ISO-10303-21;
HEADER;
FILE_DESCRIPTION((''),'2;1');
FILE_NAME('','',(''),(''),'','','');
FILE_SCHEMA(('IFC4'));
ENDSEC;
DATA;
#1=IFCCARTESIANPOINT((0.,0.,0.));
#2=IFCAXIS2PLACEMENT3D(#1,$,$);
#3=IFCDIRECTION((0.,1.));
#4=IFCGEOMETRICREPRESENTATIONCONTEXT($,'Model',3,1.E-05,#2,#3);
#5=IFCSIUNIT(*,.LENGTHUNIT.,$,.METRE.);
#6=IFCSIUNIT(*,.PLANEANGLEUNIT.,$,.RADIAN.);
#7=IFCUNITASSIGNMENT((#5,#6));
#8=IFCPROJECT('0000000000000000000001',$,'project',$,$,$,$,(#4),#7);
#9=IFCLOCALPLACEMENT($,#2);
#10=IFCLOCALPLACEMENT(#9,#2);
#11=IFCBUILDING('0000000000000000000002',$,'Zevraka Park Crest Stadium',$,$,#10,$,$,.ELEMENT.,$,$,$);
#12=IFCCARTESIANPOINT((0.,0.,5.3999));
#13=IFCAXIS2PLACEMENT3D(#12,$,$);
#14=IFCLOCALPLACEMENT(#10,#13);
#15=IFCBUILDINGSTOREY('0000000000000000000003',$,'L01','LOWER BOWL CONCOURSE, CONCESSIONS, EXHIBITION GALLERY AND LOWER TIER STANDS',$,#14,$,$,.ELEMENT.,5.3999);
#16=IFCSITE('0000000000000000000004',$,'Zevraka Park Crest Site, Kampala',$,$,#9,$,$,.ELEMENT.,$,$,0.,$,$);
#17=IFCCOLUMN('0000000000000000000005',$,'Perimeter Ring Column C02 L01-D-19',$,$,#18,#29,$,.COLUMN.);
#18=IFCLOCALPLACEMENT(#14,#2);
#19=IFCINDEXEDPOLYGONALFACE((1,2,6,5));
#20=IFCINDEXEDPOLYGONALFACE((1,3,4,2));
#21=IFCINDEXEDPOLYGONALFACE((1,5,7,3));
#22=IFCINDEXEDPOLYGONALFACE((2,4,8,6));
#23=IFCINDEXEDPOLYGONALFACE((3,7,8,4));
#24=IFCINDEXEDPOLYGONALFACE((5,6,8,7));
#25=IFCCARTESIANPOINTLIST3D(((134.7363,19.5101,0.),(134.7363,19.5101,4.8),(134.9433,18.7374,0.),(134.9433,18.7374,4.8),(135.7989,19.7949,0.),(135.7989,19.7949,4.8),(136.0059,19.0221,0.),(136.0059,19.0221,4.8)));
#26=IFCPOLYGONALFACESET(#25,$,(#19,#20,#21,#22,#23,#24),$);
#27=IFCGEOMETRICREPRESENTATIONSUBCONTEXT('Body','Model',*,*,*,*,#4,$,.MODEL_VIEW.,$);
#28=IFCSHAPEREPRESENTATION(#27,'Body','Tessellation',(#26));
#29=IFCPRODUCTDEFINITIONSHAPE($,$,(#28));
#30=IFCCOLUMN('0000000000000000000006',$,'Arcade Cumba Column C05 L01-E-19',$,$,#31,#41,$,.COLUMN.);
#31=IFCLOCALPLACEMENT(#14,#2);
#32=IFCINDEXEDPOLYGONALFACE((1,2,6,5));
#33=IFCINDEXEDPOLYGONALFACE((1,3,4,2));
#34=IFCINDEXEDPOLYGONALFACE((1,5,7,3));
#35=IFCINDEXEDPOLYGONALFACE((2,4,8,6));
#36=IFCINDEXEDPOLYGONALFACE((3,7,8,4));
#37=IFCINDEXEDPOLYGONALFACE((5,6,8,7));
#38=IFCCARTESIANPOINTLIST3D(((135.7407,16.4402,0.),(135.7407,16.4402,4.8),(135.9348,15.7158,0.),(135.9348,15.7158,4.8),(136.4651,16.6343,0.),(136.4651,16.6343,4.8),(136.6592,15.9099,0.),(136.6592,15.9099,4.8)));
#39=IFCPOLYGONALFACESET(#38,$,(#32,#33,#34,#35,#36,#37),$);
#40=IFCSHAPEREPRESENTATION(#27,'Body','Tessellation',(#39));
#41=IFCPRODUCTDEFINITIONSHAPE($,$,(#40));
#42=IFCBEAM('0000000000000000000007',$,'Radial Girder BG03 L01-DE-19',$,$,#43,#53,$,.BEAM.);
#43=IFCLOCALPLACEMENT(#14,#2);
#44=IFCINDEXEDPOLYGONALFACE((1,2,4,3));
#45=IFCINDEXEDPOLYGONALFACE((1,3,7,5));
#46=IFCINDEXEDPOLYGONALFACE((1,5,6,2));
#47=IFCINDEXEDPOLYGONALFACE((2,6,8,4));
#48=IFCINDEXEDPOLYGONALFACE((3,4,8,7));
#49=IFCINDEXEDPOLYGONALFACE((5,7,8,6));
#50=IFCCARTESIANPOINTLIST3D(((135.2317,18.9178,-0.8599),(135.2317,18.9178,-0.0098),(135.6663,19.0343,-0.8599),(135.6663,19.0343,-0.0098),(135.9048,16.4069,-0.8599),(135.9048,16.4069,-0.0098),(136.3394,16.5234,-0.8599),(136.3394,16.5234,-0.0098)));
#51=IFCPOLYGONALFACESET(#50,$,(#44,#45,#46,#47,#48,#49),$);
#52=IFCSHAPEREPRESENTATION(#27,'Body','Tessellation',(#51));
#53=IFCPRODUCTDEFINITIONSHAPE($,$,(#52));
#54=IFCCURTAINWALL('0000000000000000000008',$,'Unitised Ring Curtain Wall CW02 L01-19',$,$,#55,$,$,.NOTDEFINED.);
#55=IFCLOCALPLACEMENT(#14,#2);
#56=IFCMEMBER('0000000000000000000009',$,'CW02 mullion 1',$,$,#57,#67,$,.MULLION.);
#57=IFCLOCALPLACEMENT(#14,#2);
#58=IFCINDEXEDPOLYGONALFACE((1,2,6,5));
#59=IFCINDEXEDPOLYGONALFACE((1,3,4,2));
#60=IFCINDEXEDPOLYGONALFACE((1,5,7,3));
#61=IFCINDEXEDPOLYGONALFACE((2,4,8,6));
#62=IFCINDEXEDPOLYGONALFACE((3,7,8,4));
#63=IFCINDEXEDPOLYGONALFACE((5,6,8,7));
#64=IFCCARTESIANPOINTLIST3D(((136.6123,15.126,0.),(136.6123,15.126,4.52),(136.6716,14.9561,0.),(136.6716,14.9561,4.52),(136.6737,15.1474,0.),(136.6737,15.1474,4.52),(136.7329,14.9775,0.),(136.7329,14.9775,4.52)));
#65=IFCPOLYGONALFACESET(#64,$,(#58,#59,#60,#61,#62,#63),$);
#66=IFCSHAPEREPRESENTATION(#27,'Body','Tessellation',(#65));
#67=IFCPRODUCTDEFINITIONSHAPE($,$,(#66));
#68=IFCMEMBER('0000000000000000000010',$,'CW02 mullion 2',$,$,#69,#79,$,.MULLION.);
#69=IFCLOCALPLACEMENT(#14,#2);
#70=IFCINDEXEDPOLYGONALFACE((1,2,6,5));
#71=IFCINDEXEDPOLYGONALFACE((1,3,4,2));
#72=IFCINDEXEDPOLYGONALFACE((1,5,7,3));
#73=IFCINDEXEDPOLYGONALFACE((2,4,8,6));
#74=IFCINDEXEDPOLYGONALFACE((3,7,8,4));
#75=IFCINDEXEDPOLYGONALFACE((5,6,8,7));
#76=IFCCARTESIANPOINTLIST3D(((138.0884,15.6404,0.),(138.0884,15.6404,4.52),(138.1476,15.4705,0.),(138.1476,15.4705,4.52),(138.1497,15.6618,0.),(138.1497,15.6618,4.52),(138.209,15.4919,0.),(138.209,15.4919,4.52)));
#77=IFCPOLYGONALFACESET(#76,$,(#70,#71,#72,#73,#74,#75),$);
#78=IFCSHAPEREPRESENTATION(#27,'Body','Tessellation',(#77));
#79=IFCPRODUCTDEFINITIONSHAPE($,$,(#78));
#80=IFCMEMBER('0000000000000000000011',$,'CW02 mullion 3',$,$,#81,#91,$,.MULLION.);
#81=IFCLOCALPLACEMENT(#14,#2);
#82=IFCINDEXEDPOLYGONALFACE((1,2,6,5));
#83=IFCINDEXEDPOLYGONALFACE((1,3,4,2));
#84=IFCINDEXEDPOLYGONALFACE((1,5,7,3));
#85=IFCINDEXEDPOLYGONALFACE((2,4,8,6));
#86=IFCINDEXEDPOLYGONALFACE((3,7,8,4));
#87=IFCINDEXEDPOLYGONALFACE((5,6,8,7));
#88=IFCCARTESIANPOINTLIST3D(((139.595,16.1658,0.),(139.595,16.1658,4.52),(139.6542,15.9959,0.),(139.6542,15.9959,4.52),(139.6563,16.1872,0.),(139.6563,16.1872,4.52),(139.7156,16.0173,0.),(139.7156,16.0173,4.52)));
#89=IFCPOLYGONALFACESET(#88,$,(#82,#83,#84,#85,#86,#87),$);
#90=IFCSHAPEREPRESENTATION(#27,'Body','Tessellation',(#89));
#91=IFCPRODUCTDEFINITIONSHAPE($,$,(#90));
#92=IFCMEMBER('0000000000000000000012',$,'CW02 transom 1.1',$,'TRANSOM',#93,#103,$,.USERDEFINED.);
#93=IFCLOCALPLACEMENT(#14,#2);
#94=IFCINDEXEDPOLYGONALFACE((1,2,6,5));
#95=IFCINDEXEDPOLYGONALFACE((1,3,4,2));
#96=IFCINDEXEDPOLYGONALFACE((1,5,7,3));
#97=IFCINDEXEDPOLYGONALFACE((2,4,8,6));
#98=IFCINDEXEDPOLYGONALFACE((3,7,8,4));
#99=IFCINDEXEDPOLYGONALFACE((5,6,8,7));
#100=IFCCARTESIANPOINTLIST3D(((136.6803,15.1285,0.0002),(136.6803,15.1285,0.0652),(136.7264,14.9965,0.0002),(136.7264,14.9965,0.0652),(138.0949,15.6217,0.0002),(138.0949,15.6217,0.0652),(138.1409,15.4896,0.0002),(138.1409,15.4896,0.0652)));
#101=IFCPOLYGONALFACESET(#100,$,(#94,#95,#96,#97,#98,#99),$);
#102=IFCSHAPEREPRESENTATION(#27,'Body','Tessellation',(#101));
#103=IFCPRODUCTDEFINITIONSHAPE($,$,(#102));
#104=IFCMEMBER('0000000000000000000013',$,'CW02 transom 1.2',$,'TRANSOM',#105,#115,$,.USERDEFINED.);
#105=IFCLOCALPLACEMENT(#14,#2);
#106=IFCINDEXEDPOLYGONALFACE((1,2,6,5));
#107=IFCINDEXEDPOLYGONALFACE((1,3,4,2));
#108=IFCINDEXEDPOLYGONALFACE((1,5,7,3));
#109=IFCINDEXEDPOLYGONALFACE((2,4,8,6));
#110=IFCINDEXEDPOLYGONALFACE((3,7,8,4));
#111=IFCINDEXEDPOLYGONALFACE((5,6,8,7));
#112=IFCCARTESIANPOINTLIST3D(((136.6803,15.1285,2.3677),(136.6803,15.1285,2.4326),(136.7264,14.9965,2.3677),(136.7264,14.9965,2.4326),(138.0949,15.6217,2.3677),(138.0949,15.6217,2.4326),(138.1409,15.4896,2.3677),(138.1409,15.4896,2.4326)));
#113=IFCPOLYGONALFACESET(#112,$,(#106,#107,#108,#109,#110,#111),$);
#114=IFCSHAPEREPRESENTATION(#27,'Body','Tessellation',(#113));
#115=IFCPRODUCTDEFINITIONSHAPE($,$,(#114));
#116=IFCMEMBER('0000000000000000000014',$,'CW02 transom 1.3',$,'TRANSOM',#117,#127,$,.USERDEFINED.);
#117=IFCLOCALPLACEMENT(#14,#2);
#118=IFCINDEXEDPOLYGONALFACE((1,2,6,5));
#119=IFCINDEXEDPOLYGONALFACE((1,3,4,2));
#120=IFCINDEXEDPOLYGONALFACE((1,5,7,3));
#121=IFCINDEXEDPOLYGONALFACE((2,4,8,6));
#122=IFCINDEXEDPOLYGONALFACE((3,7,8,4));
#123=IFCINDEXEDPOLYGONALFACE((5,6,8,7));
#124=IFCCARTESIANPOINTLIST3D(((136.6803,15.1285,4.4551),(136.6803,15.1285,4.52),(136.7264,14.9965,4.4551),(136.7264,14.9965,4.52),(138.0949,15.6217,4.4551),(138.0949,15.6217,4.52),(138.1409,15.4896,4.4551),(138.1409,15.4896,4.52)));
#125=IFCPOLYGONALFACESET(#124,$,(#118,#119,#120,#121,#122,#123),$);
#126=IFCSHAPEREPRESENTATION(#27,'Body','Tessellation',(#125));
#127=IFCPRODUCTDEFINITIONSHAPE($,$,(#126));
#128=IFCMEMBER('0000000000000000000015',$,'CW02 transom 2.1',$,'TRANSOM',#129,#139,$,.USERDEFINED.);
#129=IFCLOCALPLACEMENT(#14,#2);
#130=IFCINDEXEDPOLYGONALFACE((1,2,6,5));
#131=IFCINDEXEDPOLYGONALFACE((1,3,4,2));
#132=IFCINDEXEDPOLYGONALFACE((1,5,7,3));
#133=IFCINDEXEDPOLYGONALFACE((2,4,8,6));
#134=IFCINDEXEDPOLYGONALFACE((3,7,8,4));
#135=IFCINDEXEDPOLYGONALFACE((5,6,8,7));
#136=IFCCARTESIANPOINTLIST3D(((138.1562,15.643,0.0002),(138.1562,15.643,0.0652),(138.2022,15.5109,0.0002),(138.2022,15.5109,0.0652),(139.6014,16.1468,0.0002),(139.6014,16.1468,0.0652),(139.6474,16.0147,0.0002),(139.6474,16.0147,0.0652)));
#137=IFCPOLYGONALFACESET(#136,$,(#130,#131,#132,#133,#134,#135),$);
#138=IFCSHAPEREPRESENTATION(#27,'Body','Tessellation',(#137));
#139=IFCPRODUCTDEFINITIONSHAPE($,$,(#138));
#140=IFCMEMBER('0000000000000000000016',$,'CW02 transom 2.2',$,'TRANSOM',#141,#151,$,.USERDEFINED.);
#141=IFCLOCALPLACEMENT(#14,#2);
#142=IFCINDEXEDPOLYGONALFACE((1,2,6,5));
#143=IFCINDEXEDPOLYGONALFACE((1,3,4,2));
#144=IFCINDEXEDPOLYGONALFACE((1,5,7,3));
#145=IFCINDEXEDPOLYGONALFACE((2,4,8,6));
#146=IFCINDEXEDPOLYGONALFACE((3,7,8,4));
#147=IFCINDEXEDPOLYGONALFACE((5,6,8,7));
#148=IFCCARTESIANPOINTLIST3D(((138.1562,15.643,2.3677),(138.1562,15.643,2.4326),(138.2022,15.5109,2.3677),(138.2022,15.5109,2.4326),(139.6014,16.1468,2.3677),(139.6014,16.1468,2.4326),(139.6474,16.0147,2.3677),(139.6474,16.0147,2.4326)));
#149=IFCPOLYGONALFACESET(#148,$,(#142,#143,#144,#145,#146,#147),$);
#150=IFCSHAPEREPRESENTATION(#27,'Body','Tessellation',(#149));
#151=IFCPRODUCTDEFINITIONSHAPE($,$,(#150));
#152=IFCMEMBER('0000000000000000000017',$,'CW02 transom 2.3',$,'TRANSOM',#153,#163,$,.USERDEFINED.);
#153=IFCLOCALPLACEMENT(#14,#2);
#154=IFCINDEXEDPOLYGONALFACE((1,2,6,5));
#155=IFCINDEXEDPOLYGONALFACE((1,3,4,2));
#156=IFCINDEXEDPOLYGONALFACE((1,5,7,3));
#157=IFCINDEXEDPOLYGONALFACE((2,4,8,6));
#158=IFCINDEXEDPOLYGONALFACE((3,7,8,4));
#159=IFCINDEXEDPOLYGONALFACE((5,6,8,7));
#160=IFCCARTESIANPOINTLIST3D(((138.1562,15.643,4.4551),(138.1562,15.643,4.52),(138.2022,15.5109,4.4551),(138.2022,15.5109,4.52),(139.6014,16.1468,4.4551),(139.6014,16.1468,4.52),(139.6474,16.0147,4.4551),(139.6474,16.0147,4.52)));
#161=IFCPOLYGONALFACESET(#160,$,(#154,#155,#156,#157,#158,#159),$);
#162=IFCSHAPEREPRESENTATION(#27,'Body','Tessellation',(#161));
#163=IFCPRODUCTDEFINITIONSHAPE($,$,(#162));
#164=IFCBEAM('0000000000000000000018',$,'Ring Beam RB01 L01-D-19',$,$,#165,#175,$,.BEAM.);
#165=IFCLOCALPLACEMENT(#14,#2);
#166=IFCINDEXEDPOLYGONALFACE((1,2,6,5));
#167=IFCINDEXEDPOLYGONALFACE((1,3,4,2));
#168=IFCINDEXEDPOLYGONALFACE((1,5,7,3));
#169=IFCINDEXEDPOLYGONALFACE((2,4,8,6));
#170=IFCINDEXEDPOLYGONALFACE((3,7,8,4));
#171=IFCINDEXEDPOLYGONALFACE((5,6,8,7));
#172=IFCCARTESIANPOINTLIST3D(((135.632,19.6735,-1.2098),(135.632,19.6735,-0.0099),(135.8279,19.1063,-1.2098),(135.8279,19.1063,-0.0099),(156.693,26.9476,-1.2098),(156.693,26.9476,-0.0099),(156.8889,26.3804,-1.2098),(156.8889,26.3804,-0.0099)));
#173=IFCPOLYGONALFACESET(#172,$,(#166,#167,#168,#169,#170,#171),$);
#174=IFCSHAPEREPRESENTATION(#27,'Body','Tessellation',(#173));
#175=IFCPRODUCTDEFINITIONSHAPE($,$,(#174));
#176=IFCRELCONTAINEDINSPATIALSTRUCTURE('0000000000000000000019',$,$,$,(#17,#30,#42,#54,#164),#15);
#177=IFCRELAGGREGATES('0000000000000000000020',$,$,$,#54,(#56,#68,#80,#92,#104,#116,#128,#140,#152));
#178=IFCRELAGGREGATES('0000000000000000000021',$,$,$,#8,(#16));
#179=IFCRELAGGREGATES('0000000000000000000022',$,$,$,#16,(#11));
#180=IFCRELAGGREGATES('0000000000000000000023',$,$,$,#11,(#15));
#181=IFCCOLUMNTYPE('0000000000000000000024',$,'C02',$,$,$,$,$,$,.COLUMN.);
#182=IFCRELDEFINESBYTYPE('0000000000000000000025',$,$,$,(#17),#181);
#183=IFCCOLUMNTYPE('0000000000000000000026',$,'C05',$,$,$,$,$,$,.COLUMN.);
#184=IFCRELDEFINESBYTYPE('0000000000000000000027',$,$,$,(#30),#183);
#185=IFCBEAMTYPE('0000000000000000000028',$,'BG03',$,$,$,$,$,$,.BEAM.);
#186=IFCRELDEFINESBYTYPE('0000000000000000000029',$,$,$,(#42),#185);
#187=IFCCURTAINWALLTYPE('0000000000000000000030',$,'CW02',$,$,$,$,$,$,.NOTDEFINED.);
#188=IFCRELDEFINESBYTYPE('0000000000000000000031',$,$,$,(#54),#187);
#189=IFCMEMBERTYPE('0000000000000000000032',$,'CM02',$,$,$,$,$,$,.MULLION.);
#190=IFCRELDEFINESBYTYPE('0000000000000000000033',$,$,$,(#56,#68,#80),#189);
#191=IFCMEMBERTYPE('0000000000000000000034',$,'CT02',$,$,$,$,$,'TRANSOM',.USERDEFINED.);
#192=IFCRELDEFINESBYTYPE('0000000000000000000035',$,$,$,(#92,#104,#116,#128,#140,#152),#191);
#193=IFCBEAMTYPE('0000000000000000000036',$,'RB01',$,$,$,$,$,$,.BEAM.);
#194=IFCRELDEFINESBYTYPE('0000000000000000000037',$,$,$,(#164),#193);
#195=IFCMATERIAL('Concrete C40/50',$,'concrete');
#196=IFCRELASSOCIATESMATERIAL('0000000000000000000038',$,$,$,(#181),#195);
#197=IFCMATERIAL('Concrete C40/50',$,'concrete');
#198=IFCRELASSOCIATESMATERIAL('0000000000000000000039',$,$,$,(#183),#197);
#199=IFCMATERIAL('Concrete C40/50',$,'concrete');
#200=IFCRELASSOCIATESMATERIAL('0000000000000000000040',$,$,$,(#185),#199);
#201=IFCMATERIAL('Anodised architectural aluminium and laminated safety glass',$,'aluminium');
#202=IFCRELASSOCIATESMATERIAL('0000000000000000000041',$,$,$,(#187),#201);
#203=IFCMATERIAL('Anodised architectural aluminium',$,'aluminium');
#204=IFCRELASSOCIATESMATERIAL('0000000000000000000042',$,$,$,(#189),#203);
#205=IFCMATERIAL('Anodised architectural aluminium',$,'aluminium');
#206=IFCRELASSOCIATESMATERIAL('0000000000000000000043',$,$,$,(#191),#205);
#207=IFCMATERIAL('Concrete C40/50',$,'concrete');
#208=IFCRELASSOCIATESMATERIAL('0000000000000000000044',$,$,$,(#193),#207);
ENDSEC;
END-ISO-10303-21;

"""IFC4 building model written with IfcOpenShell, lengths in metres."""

from ifc_helpers import new_model, si_unit, direction, frame, origin, origin_2d, place, context, subcontext, project, spatial, rectangle, extrude, material, material_profile, profile_set, type_object, element, aggregate, save


model = new_model("IFC4")

# Units and contexts
model_context = context("Model", 3, precision=1e-05, world=origin(), true_north=direction((0.0, 1.0)))
body_context = subcontext(model_context, "Body", "Model", "MODEL_VIEW")
ifc_project = project(units=[si_unit("LENGTHUNIT", "METRE"), si_unit("PLANEANGLEUNIT", "RADIAN")], contexts=[model_context])

# Site, building, storey
site_placement = place(None, origin())
site = spatial("IfcSite", under=ifc_project, at=site_placement, Name="Zevraka Park Crest Site, Kampala", CompositionType="ELEMENT", RefElevation=0.0)
building_placement = place(site_placement, origin())
building = spatial("IfcBuilding", under=site, at=building_placement, Name="Zevraka Park Crest Stadium", CompositionType="ELEMENT")
storey_placement = place(building_placement, frame((0.0, 0.0, 5.3999)))
storey = spatial("IfcBuildingStorey", under=building, at=storey_placement, Name="L01", Description="LOWER BOWL CONCOURSE, CONCESSIONS, EXHIBITION GALLERY AND LOWER TIER STANDS", CompositionType="ELEMENT", Elevation=5.3999)

# Columns
ifc_material_1 = material(Name="Concrete C40/50", Category="concrete")
ifc_material_profile_1 = material_profile(ifc_material_1, rectangle(XDim=0.8, YDim=1.1001, at=origin_2d()), Name="RC 1100x800")
ifc_profile_set_1 = profile_set([ifc_material_profile_1], Name="Concrete C40/50")
column_type_1 = type_object("IfcColumnType", Name="C02", PredefinedType="COLUMN", material=ifc_profile_set_1)
column_1_placement = place(storey_placement, frame((135.3711, 19.2661, 0.0), z_axis=(0.0, 0.0, 1.0), x_axis=(-0.258819, 0.965926, 0.0)))
element("IfcColumn", 1, at=column_1_placement, inside=storey, type_object=column_type_1, Name="Perimeter Ring Column C02 L01-D-19", PredefinedType="COLUMN", context=body_context, shape_type="SweptSolid", body=[
    extrude(rectangle(XDim=0.8, YDim=1.1001, at=origin_2d()), origin(), (0.0, 0.0, 1.0), 4.8),
])
ifc_material_2 = material(Name="Concrete C40/50", Category="concrete")
ifc_material_profile_2 = material_profile(ifc_material_2, rectangle(XDim=0.75, YDim=0.75, at=origin_2d()), Name="RC 750x750")
ifc_profile_set_2 = profile_set([ifc_material_profile_2], Name="Concrete C40/50")
column_type_2 = type_object("IfcColumnType", Name="C05", PredefinedType="COLUMN", material=ifc_profile_set_2)
column_2_placement = place(storey_placement, frame((136.2, 16.175, 0.0), z_axis=(0.0, 0.0, 1.0), x_axis=(-0.258819, 0.965926, 0.0)))
element("IfcColumn", 2, at=column_2_placement, inside=storey, type_object=column_type_2, Name="Arcade Cumba Column C05 L01-E-19", PredefinedType="COLUMN", context=body_context, shape_type="SweptSolid", body=[
    extrude(rectangle(XDim=0.75, YDim=0.75, at=origin_2d()), origin(), (0.0, 0.0, 1.0), 4.8),
])

# Beam
ifc_material_3 = material(Name="Concrete C40/50", Category="concrete")
ifc_material_profile_3 = material_profile(ifc_material_3, rectangle(XDim=0.45, YDim=0.8501, at=origin_2d()), Name="RC 850x450")
ifc_profile_set_3 = profile_set([ifc_material_profile_3], Name="Concrete C40/50")
beam_type_1 = type_object("IfcBeamType", Name="BG03", PredefinedType="BEAM", material=ifc_profile_set_3)
beam_1_placement = place(storey_placement, frame((135.449, 18.9761, -0.4348), z_axis=(0.258919, -0.965899, 0.0), x_axis=(0.965899, 0.258919, 0.0)))
element("IfcBeam", 3, at=beam_1_placement, inside=storey, type_object=beam_type_1, Name="Radial Girder BG03 L01-DE-19", PredefinedType="BEAM", context=body_context, shape_type="SweptSolid", body=[
    extrude(rectangle(XDim=0.45, YDim=0.8501, at=origin_2d()), origin(), (0.0, 0.0, 1.0), 2.5996),
])

# Curtain wall, members
ifc_material_4 = material(Name="Anodised architectural aluminium and laminated safety glass", Category="aluminium")
curtain_wall_type = type_object("IfcCurtainWallType", Name="CW02", PredefinedType="NOTDEFINED", material=ifc_material_4)
curtain_wall_placement = place(storey_placement, origin())
curtain_wall = element("IfcCurtainWall", 4, at=curtain_wall_placement, inside=storey, type_object=curtain_wall_type, Name="Unitised Ring Curtain Wall CW02 L01-19", PredefinedType="NOTDEFINED")
ifc_material_5 = material(Name="Anodised architectural aluminium", Category="aluminium")
ifc_material_profile_4 = material_profile(ifc_material_5, rectangle(XDim=0.1799, YDim=0.0649, at=origin_2d()), Name="ALU MULLION 180x65")
ifc_profile_set_4 = profile_set([ifc_material_profile_4], Name="Anodised architectural aluminium")
member_type_1 = type_object("IfcMemberType", Name="CM02", PredefinedType="MULLION", material=ifc_profile_set_4)
member_1_placement = place(storey_placement, frame((136.6726, 15.0518, 0.0), z_axis=(0.0, 0.0, 1.0), x_axis=(-0.329209, 0.944257, 0.0)))
member_1 = element("IfcMember", 5, at=member_1_placement, type_object=member_type_1, Name="CW02 mullion 1", PredefinedType="MULLION", context=body_context, shape_type="SweptSolid", body=[
    extrude(rectangle(XDim=0.1799, YDim=0.0649, at=origin_2d()), origin(), (0.0, 0.0, 1.0), 4.52),
])
member_2_placement = place(storey_placement, frame((138.1487, 15.5662, 0.0), z_axis=(0.0, 0.0, 1.0), x_axis=(-0.329209, 0.944257, 0.0)))
member_2 = element("IfcMember", 6, at=member_2_placement, type_object=member_type_1, Name="CW02 mullion 2", PredefinedType="MULLION", context=body_context, shape_type="SweptSolid", body=[
    extrude(rectangle(XDim=0.1799, YDim=0.0649, at=origin_2d()), origin(), (0.0, 0.0, 1.0), 4.52),
])
member_3_placement = place(storey_placement, frame((139.6553, 16.0916, 0.0), z_axis=(0.0, 0.0, 1.0), x_axis=(-0.329209, 0.944257, 0.0)))
member_3 = element("IfcMember", 7, at=member_3_placement, type_object=member_type_1, Name="CW02 mullion 3", PredefinedType="MULLION", context=body_context, shape_type="SweptSolid", body=[
    extrude(rectangle(XDim=0.1799, YDim=0.0649, at=origin_2d()), origin(), (0.0, 0.0, 1.0), 4.52),
])
ifc_material_6 = material(Name="Anodised architectural aluminium", Category="aluminium")
ifc_material_profile_5 = material_profile(ifc_material_6, rectangle(XDim=0.1399, YDim=0.0649, at=origin_2d()), Name="ALU TRANSOM 140x65")
ifc_profile_set_5 = profile_set([ifc_material_profile_5], Name="Anodised architectural aluminium")
member_type_2 = type_object("IfcMemberType", Name="CT02", ElementType="TRANSOM", PredefinedType="USERDEFINED", material=ifc_profile_set_5)
member_4_placement = place(storey_placement, frame((136.7034, 15.0625, 0.0327), z_axis=(0.944259, 0.329203, 0.0), x_axis=(-0.329203, 0.944259, 0.0)))
member_4 = element("IfcMember", 8, at=member_4_placement, type_object=member_type_2, Name="CW02 transom 1.1", ObjectType="TRANSOM", PredefinedType="USERDEFINED", context=body_context, shape_type="SweptSolid", body=[
    extrude(rectangle(XDim=0.1399, YDim=0.0649, at=origin_2d()), origin(), (0.0, 0.0, 1.0), 1.498),
])
member_5_placement = place(storey_placement, frame((136.7034, 15.0625, 2.4001), z_axis=(0.944259, 0.329203, 0.0), x_axis=(-0.329203, 0.944259, 0.0)))
member_5 = element("IfcMember", 9, at=member_5_placement, type_object=member_type_2, Name="CW02 transom 1.2", ObjectType="TRANSOM", PredefinedType="USERDEFINED", context=body_context, shape_type="SweptSolid", body=[
    extrude(rectangle(XDim=0.1399, YDim=0.0649, at=origin_2d()), origin(), (0.0, 0.0, 1.0), 1.498),
])
member_6_placement = place(storey_placement, frame((136.7034, 15.0625, 4.4875), z_axis=(0.944259, 0.329203, 0.0), x_axis=(-0.329203, 0.944259, 0.0)))
member_6 = element("IfcMember", 10, at=member_6_placement, type_object=member_type_2, Name="CW02 transom 1.3", ObjectType="TRANSOM", PredefinedType="USERDEFINED", context=body_context, shape_type="SweptSolid", body=[
    extrude(rectangle(XDim=0.1399, YDim=0.0649, at=origin_2d()), origin(), (0.0, 0.0, 1.0), 1.498),
])
member_7_placement = place(storey_placement, frame((138.1792, 15.5769, 0.0327), z_axis=(0.944256, 0.329213, 0.0), x_axis=(-0.329213, 0.944256, 0.0)))
member_7 = element("IfcMember", 11, at=member_7_placement, type_object=member_type_2, Name="CW02 transom 2.1", ObjectType="TRANSOM", PredefinedType="USERDEFINED", context=body_context, shape_type="SweptSolid", body=[
    extrude(rectangle(XDim=0.1399, YDim=0.0649, at=origin_2d()), origin(), (0.0, 0.0, 1.0), 1.5305),
])
member_8_placement = place(storey_placement, frame((138.1792, 15.5769, 2.4001), z_axis=(0.944256, 0.329213, 0.0), x_axis=(-0.329213, 0.944256, 0.0)))
member_8 = element("IfcMember", 12, at=member_8_placement, type_object=member_type_2, Name="CW02 transom 2.2", ObjectType="TRANSOM", PredefinedType="USERDEFINED", context=body_context, shape_type="SweptSolid", body=[
    extrude(rectangle(XDim=0.1399, YDim=0.0649, at=origin_2d()), origin(), (0.0, 0.0, 1.0), 1.5305),
])
member_9_placement = place(storey_placement, frame((138.1792, 15.5769, 4.4875), z_axis=(0.944256, 0.329213, 0.0), x_axis=(-0.329213, 0.944256, 0.0)))
member_9 = element("IfcMember", 13, at=member_9_placement, type_object=member_type_2, Name="CW02 transom 2.3", ObjectType="TRANSOM", PredefinedType="USERDEFINED", context=body_context, shape_type="SweptSolid", body=[
    extrude(rectangle(XDim=0.1399, YDim=0.0649, at=origin_2d()), origin(), (0.0, 0.0, 1.0), 1.5305),
])

# Beam
ifc_material_7 = material(Name="Concrete C40/50", Category="concrete")
ifc_material_profile_6 = material_profile(ifc_material_7, rectangle(XDim=0.6001, YDim=1.2, at=origin_2d()), Name="RC 1200x600")
ifc_profile_set_6 = profile_set([ifc_material_profile_6], Name="Concrete C40/50")
beam_type_2 = type_object("IfcBeamType", Name="RB01", PredefinedType="BEAM", material=ifc_profile_set_6)
beam_2_placement = place(storey_placement, frame((135.73, 19.3899, -0.6099), z_axis=(0.94521, 0.326462, 0.0), x_axis=(-0.326462, 0.94521, 0.0)))
element("IfcBeam", 14, at=beam_2_placement, inside=storey, type_object=beam_type_2, Name="Ring Beam RB01 L01-D-19", PredefinedType="BEAM", context=body_context, shape_type="SweptSolid", body=[
    extrude(rectangle(XDim=0.6001, YDim=1.2, at=origin_2d()), origin(), (0.0, 0.0, 1.0), 22.2817),
])

aggregate(curtain_wall, [member_1, member_2, member_3, member_4, member_5, member_6, member_7, member_8, member_9])

save(model, "model.ifc")
